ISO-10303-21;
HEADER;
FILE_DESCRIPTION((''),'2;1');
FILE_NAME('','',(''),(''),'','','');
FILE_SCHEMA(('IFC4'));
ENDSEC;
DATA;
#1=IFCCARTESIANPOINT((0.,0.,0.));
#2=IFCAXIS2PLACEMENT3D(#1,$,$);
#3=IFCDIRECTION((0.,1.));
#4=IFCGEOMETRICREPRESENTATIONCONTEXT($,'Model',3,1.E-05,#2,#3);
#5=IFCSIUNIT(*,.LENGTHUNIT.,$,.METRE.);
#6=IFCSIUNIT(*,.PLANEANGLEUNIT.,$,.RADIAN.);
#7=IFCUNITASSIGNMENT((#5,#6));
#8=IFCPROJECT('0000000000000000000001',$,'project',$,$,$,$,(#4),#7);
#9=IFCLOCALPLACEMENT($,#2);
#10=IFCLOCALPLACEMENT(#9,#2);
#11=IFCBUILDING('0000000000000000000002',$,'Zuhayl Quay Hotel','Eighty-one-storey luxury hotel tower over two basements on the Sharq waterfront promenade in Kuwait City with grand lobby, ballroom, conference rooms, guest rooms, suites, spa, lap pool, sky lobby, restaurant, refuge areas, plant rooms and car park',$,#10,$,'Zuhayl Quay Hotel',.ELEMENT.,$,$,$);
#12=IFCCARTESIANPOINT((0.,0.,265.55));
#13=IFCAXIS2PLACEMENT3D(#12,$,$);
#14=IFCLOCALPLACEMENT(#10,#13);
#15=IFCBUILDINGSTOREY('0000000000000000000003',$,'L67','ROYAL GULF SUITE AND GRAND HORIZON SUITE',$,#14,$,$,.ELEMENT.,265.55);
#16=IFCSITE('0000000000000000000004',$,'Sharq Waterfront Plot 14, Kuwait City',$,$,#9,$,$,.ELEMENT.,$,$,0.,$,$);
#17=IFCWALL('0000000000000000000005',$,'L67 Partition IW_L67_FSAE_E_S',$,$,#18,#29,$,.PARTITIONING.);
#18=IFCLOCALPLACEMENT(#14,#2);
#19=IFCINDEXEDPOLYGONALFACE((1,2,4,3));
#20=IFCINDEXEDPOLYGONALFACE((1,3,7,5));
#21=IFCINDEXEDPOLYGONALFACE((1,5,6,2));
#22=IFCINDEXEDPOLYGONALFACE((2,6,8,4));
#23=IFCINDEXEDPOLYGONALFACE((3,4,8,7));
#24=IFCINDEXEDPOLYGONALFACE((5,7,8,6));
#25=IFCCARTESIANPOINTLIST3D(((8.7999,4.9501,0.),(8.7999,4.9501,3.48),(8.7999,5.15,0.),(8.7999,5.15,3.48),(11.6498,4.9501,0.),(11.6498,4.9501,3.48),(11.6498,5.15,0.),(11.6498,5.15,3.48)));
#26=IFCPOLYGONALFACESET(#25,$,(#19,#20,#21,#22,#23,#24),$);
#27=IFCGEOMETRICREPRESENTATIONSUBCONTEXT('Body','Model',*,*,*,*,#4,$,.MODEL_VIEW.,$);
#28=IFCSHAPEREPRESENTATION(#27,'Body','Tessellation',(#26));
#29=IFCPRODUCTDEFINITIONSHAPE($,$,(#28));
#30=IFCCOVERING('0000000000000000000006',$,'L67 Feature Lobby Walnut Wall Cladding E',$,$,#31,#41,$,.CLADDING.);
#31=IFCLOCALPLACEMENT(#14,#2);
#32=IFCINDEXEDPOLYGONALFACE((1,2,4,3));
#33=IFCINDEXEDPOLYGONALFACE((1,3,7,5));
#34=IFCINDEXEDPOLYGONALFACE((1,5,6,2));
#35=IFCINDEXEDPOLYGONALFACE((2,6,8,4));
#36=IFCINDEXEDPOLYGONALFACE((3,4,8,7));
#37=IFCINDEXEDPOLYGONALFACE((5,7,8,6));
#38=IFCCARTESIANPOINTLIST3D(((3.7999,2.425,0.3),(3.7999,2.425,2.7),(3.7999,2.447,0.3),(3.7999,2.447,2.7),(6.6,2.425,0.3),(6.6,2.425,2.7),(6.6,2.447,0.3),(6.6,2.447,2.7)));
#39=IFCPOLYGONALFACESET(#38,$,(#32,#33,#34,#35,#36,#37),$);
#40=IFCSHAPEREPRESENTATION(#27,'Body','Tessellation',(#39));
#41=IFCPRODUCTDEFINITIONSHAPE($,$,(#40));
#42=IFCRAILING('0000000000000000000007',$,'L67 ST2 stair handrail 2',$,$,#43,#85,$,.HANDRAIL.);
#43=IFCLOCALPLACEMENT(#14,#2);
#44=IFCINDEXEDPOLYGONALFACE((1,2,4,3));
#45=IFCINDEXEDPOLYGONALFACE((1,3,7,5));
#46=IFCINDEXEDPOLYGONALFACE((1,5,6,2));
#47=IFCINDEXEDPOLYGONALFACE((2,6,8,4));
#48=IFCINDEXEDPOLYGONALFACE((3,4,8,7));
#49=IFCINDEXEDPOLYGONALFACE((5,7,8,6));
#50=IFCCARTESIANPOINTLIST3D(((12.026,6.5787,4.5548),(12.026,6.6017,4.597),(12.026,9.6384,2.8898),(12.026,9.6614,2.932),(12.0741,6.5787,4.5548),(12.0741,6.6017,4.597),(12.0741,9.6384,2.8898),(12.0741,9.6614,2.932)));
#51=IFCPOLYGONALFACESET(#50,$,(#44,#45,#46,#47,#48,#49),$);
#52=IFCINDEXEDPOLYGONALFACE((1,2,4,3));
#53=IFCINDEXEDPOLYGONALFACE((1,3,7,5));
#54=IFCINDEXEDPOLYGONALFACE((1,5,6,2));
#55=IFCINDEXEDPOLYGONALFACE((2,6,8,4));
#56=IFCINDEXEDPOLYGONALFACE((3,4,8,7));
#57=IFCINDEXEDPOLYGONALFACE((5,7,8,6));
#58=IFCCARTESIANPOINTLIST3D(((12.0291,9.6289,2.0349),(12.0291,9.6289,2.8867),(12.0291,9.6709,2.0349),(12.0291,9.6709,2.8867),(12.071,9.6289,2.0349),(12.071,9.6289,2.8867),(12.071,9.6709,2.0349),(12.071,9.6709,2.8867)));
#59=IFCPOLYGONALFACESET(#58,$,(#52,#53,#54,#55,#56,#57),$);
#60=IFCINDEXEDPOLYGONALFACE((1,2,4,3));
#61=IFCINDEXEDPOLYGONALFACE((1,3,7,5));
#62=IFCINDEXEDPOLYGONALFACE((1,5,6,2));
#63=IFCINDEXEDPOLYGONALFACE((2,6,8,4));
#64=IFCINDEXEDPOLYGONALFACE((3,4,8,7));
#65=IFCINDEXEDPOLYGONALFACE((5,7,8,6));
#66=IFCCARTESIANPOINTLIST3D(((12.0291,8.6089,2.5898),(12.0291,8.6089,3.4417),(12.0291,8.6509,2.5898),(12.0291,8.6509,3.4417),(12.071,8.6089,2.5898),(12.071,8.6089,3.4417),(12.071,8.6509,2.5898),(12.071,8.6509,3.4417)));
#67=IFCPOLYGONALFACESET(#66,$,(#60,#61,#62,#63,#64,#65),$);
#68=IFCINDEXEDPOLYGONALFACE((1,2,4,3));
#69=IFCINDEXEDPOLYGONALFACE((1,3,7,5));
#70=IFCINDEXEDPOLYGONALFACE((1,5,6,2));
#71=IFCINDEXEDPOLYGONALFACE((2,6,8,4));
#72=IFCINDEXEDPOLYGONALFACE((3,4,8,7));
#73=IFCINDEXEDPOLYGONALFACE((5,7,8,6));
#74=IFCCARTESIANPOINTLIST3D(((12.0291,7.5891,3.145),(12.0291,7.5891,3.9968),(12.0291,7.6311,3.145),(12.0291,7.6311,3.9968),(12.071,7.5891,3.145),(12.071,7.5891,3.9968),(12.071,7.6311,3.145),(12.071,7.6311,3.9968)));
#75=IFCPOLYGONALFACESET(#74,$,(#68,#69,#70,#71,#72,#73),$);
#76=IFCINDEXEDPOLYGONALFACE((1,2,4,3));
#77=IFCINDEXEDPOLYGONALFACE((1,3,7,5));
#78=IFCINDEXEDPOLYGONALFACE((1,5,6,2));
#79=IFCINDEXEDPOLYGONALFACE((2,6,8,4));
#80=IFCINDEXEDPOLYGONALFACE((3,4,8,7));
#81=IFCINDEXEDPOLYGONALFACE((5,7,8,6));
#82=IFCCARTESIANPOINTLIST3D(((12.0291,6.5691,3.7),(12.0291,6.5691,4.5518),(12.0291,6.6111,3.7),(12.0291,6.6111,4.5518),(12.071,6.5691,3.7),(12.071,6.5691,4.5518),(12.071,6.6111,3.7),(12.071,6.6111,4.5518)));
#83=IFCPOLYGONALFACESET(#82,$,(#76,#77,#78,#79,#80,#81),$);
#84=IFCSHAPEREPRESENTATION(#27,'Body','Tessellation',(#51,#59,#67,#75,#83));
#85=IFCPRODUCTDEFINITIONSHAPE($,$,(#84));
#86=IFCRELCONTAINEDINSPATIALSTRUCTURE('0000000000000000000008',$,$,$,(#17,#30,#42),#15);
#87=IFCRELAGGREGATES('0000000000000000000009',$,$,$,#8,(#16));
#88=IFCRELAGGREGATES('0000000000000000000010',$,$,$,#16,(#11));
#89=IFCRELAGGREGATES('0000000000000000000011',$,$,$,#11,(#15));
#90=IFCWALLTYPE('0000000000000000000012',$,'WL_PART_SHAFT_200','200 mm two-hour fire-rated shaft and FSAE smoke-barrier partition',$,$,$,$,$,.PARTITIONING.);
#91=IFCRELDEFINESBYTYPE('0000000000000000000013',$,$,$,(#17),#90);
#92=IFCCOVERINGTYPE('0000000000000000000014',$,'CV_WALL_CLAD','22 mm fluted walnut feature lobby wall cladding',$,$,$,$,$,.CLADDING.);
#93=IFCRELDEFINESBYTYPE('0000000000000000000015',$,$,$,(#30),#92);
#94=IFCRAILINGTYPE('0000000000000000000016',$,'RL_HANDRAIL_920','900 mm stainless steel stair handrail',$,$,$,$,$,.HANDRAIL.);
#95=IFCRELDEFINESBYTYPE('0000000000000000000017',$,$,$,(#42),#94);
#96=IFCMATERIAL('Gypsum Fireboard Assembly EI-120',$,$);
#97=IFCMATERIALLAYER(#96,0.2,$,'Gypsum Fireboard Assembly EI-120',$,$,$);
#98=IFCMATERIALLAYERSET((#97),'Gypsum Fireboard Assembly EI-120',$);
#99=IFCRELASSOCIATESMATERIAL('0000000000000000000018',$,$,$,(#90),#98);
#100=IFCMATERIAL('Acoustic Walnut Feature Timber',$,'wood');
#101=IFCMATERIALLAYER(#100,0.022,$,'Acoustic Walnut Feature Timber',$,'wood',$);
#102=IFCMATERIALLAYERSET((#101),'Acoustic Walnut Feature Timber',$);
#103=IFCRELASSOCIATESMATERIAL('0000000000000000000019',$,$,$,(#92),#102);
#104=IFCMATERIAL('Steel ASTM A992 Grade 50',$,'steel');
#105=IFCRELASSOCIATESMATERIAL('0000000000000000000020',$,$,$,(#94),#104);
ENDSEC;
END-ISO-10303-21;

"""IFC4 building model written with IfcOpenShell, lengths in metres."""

from ifc_helpers import new_model, si_unit, direction, frame, frame_2d, origin, origin_2d, place, context, subcontext, project, spatial, rectangle, extrude, material, layer, layer_set, type_object, element, save


model = new_model("IFC4")

# Units and contexts
model_context = context("Model", 3, precision=1e-05, world=origin(), true_north=direction((0.0, 1.0)))
body_context = subcontext(model_context, "Body", "Model", "MODEL_VIEW")
ifc_project = project(units=[si_unit("LENGTHUNIT", "METRE"), si_unit("PLANEANGLEUNIT", "RADIAN")], contexts=[model_context])

# Site, building, storey
site_placement = place(None, origin())
site = spatial("IfcSite", under=ifc_project, at=site_placement, Name="Sharq Waterfront Plot 14, Kuwait City", CompositionType="ELEMENT", RefElevation=0.0)
building_placement = place(site_placement, origin())
building = spatial("IfcBuilding", under=site, at=building_placement, Name="Zuhayl Quay Hotel", Description="Eighty-one-storey luxury hotel tower over two basements on the Sharq waterfront promenade in Kuwait City with grand lobby, ballroom, conference rooms, guest rooms, suites, spa, lap pool, sky lobby, restaurant, refuge areas, plant rooms and car park", LongName="Zuhayl Quay Hotel", CompositionType="ELEMENT")
storey_placement = place(building_placement, frame((0.0, 0.0, 265.55)))
storey = spatial("IfcBuildingStorey", under=building, at=storey_placement, Name="L67", Description="ROYAL GULF SUITE AND GRAND HORIZON SUITE", CompositionType="ELEMENT", Elevation=265.55)

# Shared definitions
ifc_material_1 = material(Name="Gypsum Fireboard Assembly EI-120")
ifc_layer_1 = layer(ifc_material_1, 0.2, Name="Gypsum Fireboard Assembly EI-120")
ifc_layer_set_1 = layer_set([ifc_layer_1], Name="Gypsum Fireboard Assembly EI-120")
wall_type_1 = type_object("IfcWallType", Name="WL_PART_SHAFT_200", Description="200 mm two-hour fire-rated shaft and FSAE smoke-barrier partition", PredefinedType="PARTITIONING", material=ifc_layer_set_1)
ifc_material_2 = material(Name="Steel ASTM A992 Grade 50", Category="steel")

# Wall
wall_1_placement = place(storey_placement, frame((8.8, 5.05, 0.0), z_axis=(0.0, 0.0, 1.0), x_axis=(1.0, 0.0, 0.0)))
element("IfcWall", 1, at=wall_1_placement, inside=storey, type_object=wall_type_1, Name="L67 Partition IW_L67_FSAE_E_S", PredefinedType="PARTITIONING", context=body_context, shape_type="SweptSolid", body=[
    extrude(rectangle(XDim=2.8499, YDim=0.2, at=frame_2d((1.4248, 0.0))), origin(), (0.0, 0.0, 1.0), 3.48),
])

# Covering
ifc_material_3 = material(Name="Acoustic Walnut Feature Timber", Category="wood")
ifc_layer_2 = layer(ifc_material_3, 0.022, Name="Acoustic Walnut Feature Timber", Category="wood")
ifc_layer_set_2 = layer_set([ifc_layer_2], Name="Acoustic Walnut Feature Timber")
covering_type = type_object("IfcCoveringType", Name="CV_WALL_CLAD", Description="22 mm fluted walnut feature lobby wall cladding", PredefinedType="CLADDING", material=ifc_layer_set_2)
covering_placement = place(storey_placement, frame((5.2, 2.436, 0.3), z_axis=(0.0, 0.0, 1.0), x_axis=(1.0, 0.0, 0.0)))
element("IfcCovering", 2, at=covering_placement, inside=storey, type_object=covering_type, Name="L67 Feature Lobby Walnut Wall Cladding E", PredefinedType="CLADDING", context=body_context, shape_type="SweptSolid", body=[
    extrude(rectangle(XDim=2.8, YDim=0.022, at=origin_2d()), origin(), (0.0, 0.0, 1.0), 2.3999),
])

# Railing
railing_type = type_object("IfcRailingType", Name="RL_HANDRAIL_920", Description="900 mm stainless steel stair handrail", PredefinedType="HANDRAIL", material=ifc_material_2)
railing_placement = place(storey_placement, frame((12.05, 9.6499, 2.0349)))
element("IfcRailing", 3, at=railing_placement, inside=storey, type_object=railing_type, Name="L67 ST2 stair handrail 2", PredefinedType="HANDRAIL", context=body_context, shape_type="SweptSolid", body=[
    extrude(rectangle(XDim=0.0481, YDim=0.0481, at=origin_2d()), frame((0.0, 0.0, 0.876), z_axis=(0.0, -0.878372, 0.477978), x_axis=(1.0, 0.0, 0.0)), (0.0, 0.0, 1.0), 3.4834),
    extrude(rectangle(XDim=0.042, YDim=0.042, at=origin_2d()), origin(), (0.0, 0.0, 1.0), 0.8518),
    extrude(rectangle(XDim=0.042, YDim=0.042, at=origin_2d()), frame((0.0, -1.02, 0.5549)), (0.0, 0.0, 1.0), 0.8518),
    extrude(rectangle(XDim=0.042, YDim=0.042, at=origin_2d()), frame((0.0, -2.0398, 1.1101)), (0.0, 0.0, 1.0), 0.8518),
    extrude(rectangle(XDim=0.042, YDim=0.042, at=origin_2d()), frame((0.0, -3.0598, 1.665)), (0.0, 0.0, 1.0), 0.8518),
])

save(model, "model.ifc")
